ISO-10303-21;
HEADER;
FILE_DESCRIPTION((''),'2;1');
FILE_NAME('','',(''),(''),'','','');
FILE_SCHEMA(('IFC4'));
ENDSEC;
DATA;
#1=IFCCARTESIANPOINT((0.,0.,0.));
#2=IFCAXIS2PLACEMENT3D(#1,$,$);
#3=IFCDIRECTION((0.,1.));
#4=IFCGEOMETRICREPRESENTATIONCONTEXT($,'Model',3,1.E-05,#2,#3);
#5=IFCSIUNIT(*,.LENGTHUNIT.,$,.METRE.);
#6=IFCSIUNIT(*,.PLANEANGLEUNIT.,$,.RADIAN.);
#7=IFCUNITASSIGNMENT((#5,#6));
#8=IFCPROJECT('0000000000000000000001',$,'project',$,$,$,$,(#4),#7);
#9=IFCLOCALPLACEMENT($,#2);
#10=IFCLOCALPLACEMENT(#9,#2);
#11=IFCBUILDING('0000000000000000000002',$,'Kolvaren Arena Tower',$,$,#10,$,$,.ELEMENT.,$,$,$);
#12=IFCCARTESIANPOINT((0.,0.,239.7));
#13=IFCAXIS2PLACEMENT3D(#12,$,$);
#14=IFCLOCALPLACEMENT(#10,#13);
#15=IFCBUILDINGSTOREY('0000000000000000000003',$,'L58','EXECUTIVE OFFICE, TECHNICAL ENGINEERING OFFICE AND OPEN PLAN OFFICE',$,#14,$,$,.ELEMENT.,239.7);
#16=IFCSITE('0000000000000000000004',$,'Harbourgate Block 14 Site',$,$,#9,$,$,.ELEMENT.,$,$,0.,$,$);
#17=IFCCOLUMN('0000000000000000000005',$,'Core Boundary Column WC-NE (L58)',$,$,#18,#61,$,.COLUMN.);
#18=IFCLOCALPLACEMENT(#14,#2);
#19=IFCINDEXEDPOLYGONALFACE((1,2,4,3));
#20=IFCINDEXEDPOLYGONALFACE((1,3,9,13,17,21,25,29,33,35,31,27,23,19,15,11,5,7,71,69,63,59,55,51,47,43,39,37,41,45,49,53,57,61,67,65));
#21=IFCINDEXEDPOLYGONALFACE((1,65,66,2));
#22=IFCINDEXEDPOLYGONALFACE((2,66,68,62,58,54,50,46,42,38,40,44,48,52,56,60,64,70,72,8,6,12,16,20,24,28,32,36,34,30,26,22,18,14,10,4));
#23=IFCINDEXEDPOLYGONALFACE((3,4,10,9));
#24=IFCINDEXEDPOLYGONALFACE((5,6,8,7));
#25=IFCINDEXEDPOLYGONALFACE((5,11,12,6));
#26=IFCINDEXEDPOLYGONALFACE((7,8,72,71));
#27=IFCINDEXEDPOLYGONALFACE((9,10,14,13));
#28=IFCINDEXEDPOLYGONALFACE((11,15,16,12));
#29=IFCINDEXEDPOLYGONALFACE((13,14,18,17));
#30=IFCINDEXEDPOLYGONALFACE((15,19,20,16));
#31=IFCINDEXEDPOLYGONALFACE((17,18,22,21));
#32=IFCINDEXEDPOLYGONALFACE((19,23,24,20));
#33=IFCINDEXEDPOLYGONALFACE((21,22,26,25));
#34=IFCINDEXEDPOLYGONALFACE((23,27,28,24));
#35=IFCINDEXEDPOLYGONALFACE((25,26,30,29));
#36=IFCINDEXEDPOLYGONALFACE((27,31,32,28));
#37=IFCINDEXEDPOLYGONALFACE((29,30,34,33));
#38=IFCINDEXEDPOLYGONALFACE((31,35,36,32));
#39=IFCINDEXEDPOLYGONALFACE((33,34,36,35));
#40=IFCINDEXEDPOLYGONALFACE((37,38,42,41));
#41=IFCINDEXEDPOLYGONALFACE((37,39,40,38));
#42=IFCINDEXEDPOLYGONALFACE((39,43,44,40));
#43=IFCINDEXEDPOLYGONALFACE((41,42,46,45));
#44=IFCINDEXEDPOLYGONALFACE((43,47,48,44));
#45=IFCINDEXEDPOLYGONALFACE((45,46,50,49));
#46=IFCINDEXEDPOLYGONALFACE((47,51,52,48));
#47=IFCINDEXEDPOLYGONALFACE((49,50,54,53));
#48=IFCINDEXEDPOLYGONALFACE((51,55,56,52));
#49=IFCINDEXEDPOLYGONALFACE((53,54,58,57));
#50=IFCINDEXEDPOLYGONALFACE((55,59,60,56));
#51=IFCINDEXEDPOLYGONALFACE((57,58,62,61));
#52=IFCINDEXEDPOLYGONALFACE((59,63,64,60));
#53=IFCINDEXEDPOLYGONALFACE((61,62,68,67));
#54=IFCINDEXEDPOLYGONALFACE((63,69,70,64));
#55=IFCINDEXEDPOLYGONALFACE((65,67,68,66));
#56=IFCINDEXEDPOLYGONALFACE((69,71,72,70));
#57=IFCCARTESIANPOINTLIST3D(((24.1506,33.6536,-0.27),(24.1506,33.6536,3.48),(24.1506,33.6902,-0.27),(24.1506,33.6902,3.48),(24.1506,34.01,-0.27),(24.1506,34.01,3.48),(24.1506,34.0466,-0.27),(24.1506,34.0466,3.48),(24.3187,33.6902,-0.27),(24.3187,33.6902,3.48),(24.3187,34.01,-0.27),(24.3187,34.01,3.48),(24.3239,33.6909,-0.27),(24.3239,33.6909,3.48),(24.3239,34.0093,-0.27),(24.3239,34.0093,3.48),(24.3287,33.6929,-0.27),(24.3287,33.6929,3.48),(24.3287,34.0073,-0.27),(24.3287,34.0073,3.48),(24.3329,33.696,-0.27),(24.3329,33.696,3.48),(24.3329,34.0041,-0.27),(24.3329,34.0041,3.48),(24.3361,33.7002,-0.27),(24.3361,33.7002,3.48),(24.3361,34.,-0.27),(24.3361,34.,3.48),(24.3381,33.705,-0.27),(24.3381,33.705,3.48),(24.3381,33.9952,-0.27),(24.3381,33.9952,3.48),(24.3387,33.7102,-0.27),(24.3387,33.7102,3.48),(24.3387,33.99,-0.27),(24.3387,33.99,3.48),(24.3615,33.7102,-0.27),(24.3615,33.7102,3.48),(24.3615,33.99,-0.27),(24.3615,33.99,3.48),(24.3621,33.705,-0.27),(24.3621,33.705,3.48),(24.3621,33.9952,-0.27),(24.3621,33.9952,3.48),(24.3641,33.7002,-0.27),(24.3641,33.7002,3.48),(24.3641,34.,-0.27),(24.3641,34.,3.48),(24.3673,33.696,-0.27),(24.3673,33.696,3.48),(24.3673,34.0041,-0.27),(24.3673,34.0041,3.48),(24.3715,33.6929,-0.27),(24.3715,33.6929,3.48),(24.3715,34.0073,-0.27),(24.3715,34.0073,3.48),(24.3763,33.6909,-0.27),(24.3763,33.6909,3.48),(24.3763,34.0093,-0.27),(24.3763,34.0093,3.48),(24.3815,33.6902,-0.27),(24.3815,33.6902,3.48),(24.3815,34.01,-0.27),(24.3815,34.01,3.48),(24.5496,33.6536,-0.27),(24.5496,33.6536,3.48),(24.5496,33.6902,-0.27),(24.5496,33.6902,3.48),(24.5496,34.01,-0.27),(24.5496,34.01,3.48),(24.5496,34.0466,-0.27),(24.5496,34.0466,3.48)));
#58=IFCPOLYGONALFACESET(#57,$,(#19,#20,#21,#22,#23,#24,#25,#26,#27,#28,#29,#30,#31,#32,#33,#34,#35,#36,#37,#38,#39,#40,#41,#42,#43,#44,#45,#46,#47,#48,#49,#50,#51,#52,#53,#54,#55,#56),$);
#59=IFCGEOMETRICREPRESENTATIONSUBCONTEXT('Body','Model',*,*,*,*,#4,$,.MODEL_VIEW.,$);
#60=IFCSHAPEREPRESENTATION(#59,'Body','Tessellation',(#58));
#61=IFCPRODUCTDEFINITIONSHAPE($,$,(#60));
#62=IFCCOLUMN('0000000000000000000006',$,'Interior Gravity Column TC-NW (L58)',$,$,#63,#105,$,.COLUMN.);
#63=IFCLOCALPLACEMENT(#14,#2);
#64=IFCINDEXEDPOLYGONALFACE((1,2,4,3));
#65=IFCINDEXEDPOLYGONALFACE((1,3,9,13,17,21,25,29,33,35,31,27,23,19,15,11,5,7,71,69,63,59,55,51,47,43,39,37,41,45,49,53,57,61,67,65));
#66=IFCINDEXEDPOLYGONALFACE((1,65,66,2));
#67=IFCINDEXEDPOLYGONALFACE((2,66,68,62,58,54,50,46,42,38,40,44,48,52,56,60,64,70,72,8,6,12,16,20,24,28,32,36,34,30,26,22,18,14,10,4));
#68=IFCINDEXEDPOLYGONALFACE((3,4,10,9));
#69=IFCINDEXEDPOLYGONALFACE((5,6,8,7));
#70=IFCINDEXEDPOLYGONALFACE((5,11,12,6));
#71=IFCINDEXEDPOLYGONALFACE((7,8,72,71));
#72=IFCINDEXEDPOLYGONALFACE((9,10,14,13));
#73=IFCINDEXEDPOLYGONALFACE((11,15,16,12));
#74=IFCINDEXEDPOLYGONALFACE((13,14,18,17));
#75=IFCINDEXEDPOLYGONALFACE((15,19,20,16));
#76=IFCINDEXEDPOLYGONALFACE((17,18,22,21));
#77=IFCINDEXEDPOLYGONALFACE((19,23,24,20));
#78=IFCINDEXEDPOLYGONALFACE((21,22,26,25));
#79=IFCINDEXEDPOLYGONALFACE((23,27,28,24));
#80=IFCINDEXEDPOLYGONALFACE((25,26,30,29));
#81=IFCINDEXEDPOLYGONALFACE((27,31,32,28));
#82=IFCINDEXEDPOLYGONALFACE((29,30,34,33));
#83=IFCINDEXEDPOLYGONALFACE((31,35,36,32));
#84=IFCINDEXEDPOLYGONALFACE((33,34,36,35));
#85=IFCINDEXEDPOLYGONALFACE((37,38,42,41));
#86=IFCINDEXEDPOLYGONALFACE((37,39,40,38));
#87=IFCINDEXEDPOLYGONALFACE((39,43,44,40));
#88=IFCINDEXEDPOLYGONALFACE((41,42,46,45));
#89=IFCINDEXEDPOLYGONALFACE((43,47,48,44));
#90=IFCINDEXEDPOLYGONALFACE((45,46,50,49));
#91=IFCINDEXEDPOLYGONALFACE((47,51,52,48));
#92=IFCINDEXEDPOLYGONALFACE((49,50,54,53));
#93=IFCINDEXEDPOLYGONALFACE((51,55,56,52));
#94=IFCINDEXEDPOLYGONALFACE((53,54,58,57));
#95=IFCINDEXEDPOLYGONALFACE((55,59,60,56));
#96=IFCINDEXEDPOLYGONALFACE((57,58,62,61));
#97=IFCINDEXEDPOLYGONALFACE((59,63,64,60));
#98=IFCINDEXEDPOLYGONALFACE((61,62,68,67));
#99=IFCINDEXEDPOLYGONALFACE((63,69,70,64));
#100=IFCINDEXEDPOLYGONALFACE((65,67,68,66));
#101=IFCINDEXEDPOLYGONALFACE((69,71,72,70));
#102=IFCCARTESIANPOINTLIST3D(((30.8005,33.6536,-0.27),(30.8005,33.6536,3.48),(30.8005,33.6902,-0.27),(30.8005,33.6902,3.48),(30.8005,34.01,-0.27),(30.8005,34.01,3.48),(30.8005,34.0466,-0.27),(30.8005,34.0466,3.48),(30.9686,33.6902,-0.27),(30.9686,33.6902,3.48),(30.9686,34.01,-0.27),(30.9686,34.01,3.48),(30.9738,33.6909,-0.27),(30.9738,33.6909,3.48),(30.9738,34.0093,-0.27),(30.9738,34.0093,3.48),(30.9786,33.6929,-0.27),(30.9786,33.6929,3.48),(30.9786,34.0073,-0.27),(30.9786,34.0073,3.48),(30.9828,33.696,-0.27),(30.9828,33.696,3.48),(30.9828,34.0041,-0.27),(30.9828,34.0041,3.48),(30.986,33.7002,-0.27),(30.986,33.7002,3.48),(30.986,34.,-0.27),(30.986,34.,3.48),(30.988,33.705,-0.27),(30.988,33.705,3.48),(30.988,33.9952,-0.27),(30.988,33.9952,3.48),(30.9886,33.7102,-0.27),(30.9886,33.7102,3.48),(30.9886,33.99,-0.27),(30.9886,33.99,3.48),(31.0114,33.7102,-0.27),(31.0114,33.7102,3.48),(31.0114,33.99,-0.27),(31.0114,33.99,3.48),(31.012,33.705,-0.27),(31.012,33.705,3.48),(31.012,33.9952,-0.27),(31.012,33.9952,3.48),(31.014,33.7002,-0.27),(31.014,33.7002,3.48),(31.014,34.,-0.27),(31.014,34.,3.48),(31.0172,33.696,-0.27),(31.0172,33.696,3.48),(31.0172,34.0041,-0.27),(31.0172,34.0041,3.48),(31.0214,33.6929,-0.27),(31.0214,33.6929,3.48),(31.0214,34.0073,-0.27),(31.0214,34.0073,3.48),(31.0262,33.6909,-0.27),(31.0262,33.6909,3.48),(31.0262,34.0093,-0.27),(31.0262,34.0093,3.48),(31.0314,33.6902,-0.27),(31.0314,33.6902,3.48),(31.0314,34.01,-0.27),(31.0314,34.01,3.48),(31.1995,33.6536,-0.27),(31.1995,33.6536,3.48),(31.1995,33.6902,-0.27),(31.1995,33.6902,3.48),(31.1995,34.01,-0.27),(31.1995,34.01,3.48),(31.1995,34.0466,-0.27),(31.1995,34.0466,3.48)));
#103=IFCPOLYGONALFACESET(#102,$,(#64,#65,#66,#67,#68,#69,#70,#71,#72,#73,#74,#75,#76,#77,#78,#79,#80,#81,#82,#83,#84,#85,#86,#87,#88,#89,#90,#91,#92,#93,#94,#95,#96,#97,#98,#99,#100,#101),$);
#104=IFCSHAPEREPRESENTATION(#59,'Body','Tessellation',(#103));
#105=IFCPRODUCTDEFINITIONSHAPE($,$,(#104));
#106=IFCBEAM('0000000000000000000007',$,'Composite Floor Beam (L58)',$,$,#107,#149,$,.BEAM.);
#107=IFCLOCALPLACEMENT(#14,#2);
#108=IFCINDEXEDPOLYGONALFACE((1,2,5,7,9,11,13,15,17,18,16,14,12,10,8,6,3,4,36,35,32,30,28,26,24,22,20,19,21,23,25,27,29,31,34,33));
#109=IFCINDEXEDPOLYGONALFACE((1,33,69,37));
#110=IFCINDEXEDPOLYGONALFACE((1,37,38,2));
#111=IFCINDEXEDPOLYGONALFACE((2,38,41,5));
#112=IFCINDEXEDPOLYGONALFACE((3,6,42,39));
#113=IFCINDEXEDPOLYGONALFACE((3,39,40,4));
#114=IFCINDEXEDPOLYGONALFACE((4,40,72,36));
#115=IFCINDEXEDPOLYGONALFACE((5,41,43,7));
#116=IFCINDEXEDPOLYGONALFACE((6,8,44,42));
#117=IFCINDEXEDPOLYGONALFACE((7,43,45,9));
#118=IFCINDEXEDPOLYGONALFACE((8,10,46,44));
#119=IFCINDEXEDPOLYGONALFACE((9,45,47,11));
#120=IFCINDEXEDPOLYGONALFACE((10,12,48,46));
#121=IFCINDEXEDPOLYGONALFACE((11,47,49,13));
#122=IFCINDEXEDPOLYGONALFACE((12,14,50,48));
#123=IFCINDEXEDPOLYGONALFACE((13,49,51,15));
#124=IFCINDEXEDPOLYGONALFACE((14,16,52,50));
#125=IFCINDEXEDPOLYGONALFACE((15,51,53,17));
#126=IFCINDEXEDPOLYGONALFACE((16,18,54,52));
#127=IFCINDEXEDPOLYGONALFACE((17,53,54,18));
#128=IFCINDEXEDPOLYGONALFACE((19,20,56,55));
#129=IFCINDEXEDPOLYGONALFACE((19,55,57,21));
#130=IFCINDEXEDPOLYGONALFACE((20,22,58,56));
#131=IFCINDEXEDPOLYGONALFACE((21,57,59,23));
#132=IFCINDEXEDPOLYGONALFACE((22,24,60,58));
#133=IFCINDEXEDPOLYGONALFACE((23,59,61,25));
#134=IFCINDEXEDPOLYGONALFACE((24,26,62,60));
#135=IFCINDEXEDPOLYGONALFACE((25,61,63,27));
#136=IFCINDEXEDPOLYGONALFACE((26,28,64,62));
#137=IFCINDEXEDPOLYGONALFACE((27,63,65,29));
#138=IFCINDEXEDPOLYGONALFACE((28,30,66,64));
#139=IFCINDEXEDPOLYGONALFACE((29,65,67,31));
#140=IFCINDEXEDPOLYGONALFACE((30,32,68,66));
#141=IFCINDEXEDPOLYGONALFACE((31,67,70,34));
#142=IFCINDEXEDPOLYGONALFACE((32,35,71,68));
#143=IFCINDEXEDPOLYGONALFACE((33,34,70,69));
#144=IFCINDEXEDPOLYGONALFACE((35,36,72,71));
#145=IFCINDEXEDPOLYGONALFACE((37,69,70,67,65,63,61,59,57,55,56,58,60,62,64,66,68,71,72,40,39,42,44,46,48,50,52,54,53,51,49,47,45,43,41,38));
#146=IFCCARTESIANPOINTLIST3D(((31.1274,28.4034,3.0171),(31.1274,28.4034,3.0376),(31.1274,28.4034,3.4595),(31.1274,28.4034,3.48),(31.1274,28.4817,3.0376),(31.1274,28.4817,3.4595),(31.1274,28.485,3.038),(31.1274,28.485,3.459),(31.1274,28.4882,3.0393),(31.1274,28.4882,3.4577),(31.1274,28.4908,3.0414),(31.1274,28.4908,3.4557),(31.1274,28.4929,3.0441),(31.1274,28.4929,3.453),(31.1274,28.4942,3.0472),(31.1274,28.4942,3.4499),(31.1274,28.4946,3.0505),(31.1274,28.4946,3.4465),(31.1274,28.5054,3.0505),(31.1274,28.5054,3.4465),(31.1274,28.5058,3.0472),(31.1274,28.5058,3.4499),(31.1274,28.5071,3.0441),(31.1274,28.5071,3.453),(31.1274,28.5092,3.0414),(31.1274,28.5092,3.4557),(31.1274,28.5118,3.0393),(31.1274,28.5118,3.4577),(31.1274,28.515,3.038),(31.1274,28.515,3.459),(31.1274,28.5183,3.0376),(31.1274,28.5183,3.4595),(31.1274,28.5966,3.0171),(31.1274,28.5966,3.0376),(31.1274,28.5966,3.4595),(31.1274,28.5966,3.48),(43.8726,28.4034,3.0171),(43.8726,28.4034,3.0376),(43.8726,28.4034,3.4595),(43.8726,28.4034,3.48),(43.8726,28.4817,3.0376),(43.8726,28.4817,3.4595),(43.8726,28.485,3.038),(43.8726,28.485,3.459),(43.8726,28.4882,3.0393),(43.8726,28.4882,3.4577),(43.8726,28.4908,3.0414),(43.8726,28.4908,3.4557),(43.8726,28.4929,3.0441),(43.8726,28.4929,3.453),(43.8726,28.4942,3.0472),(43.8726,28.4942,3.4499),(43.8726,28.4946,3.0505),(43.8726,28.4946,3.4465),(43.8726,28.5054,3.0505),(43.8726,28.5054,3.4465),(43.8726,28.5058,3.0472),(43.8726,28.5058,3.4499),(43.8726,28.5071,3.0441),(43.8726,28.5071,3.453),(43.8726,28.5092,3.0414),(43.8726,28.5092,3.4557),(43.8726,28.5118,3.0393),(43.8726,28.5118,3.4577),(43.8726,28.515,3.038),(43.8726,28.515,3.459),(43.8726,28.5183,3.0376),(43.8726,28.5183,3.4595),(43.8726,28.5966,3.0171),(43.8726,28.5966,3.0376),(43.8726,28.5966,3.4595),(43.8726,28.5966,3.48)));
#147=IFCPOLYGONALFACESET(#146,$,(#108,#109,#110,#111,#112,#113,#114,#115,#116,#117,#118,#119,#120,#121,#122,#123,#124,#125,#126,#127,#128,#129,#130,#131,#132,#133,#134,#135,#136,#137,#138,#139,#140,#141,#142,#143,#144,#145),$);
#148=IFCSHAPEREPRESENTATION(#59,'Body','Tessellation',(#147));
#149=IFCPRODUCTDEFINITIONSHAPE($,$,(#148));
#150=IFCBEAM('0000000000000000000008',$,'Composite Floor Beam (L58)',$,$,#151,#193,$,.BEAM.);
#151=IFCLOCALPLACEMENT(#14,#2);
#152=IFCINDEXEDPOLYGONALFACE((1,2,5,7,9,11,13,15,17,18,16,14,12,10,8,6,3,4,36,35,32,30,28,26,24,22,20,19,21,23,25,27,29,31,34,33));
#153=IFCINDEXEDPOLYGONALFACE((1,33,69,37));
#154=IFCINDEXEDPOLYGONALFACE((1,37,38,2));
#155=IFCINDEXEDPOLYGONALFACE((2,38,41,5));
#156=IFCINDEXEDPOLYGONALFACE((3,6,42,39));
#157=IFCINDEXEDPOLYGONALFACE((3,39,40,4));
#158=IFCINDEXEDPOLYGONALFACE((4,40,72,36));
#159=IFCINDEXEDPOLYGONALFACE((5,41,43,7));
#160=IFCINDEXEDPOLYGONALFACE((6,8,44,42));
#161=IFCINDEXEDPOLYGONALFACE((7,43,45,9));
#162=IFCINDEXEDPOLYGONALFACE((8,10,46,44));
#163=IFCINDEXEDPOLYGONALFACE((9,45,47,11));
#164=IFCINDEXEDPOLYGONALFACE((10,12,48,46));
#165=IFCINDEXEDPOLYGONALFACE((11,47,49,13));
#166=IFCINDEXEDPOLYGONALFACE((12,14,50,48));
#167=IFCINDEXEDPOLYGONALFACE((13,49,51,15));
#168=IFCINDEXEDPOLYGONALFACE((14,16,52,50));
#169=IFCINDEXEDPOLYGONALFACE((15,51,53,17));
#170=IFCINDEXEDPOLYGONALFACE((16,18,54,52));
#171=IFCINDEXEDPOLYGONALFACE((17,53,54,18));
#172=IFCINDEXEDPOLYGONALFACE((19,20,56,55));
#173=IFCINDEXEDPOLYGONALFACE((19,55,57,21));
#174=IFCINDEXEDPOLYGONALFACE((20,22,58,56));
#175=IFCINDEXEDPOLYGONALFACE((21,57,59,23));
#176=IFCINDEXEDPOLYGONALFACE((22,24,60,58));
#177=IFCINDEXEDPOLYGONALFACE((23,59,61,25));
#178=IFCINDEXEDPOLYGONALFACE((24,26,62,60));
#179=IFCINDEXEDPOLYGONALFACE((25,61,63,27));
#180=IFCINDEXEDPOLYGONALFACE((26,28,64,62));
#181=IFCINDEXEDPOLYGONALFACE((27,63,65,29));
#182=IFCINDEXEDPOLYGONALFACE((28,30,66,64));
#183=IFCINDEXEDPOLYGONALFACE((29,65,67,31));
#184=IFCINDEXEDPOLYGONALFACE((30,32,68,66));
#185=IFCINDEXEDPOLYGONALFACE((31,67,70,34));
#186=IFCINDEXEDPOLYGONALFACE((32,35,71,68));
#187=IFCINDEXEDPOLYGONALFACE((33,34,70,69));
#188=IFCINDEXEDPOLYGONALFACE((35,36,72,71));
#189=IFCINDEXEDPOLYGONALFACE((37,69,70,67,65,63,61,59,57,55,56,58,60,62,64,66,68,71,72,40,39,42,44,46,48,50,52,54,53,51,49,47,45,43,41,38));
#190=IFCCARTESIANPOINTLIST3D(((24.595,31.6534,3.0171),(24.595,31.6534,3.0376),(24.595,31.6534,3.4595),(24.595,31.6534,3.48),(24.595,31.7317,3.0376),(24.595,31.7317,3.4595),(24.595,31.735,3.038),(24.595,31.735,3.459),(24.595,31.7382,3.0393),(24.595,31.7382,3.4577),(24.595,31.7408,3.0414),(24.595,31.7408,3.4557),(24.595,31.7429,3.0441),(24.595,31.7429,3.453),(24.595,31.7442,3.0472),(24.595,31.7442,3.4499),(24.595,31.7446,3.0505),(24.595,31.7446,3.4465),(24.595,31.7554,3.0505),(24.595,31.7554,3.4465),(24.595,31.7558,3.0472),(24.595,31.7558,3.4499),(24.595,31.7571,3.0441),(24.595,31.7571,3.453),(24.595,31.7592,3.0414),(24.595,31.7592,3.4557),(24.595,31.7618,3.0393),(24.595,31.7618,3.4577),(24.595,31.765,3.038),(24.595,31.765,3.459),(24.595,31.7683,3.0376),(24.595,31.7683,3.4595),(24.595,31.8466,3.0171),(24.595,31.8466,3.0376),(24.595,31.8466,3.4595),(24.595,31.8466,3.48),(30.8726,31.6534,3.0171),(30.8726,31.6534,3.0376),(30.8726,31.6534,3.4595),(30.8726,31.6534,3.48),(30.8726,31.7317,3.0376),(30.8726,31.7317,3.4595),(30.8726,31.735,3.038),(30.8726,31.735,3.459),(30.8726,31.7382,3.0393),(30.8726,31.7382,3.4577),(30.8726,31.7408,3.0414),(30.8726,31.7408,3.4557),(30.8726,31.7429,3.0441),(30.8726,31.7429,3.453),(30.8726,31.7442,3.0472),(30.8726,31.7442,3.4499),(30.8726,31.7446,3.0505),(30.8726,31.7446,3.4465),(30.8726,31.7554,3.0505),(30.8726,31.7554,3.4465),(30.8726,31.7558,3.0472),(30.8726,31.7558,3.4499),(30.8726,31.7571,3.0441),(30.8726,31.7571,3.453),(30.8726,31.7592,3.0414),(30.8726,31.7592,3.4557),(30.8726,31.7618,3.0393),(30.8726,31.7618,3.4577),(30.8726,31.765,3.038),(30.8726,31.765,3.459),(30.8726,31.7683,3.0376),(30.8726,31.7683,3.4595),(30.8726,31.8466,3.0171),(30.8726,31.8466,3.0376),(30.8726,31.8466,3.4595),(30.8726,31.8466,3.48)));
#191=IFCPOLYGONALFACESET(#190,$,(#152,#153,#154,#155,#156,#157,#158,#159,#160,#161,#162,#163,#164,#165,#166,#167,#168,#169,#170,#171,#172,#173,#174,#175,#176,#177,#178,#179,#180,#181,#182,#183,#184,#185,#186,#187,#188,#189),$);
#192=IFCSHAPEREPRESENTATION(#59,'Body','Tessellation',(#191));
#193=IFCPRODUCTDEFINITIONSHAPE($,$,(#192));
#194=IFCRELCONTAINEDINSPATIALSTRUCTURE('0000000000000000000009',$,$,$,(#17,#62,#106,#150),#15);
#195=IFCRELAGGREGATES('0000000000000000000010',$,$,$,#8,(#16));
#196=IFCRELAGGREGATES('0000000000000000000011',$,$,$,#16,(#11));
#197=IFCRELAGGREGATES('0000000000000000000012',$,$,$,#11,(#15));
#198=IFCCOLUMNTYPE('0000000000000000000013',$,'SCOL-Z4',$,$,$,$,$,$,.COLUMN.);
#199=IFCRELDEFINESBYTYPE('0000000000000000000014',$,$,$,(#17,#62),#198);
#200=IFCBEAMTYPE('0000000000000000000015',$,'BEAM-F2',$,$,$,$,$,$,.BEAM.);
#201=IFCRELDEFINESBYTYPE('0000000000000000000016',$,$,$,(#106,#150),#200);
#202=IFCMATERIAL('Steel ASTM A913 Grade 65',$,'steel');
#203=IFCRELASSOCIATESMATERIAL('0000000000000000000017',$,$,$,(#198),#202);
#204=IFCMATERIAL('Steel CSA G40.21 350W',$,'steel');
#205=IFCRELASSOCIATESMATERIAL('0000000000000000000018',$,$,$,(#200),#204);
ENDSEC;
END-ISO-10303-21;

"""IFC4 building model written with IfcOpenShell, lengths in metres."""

from ifc_helpers import new_model, si_unit, direction, frame, origin, origin_2d, place, context, subcontext, project, spatial, i_section, extrude, material, material_profile, profile_set, type_object, element, save


model = new_model("IFC4")

# Units and contexts
model_context = context("Model", 3, precision=1e-05, world=origin(), true_north=direction((0.0, 1.0)))
body_context = subcontext(model_context, "Body", "Model", "MODEL_VIEW")
ifc_project = project(units=[si_unit("LENGTHUNIT", "METRE"), si_unit("PLANEANGLEUNIT", "RADIAN")], contexts=[model_context])

# Site, building, storey
site_placement = place(None, origin())
site = spatial("IfcSite", under=ifc_project, at=site_placement, Name="Harbourgate Block 14 Site", CompositionType="ELEMENT", RefElevation=0.0)
building_placement = place(site_placement, origin())
building = spatial("IfcBuilding", under=site, at=building_placement, Name="Kolvaren Arena Tower", CompositionType="ELEMENT")
storey_placement = place(building_placement, frame((0.0, 0.0, 239.7)))
storey = spatial("IfcBuildingStorey", under=building, at=storey_placement, Name="L58", Description="EXECUTIVE OFFICE, TECHNICAL ENGINEERING OFFICE AND OPEN PLAN OFFICE", CompositionType="ELEMENT", Elevation=239.7)

# Columns
ifc_material_1 = material(Name="Steel ASTM A913 Grade 65", Category="steel")
ifc_material_profile_1 = material_profile(ifc_material_1, i_section(OverallWidth=0.3989, OverallDepth=0.3931, WebThickness=0.0227, FlangeThickness=0.0366, FilletRadius=0.02, at=origin_2d()), Name="W360x287")
ifc_profile_set_1 = profile_set([ifc_material_profile_1], Name="Steel ASTM A913 Grade 65")
column_type = type_object("IfcColumnType", Name="SCOL-Z4", PredefinedType="COLUMN", material=ifc_profile_set_1)
for number, where, z_axis, x_axis, name in (
    (1, (24.3501, 33.8501, -0.27), (0.0, 0.0, 1.0), (1.0, 0.0, 0.0), "Core Boundary Column WC-NE (L58)"),
    (2, (31.0, 33.8501, -0.27), (0.0, 0.0, 1.0), (1.0, 0.0, 0.0), "Interior Gravity Column TC-NW (L58)"),
):
    element("IfcColumn", number, at=place(storey_placement, frame(where, z_axis=z_axis, x_axis=x_axis)), inside=storey, type_object=column_type, Name=name, PredefinedType="COLUMN", context=body_context, shape_type="SweptSolid", body=[
        extrude(i_section(OverallWidth=0.3989, OverallDepth=0.3931, WebThickness=0.0227, FlangeThickness=0.0366, FilletRadius=0.02, at=origin_2d()), origin(), (0.0, 0.0, 1.0), 3.75),
    ])

# Beams
ifc_material_2 = material(Name="Steel CSA G40.21 350W", Category="steel")
ifc_material_profile_2 = material_profile(ifc_material_2, i_section(OverallWidth=0.1931, OverallDepth=0.4629, WebThickness=0.0107, FlangeThickness=0.0205, FilletRadius=0.0129, at=origin_2d()), Name="W460x113")
ifc_profile_set_2 = profile_set([ifc_material_profile_2], Name="Steel CSA G40.21 350W")
beam_type_1 = type_object("IfcBeamType", Name="BEAM-F2", PredefinedType="BEAM", material=ifc_profile_set_2)
beam_1_placement = place(storey_placement, frame((31.1274, 28.5, 3.2485), z_axis=(1.0, 0.0, 0.0), x_axis=(0.0, 1.0, 0.0)))
element("IfcBeam", 3, at=beam_1_placement, inside=storey, type_object=beam_type_1, Name="Composite Floor Beam (L58)", PredefinedType="BEAM", context=body_context, shape_type="SweptSolid", body=[
    extrude(i_section(OverallWidth=0.1931, OverallDepth=0.4629, WebThickness=0.0107, FlangeThickness=0.0205, FilletRadius=0.0129, at=origin_2d()), origin(), (0.0, 0.0, 1.0), 12.7451),
])
beam_2_placement = place(storey_placement, frame((24.595, 31.75, 3.2485), z_axis=(1.0, 0.0, 0.0), x_axis=(0.0, 1.0, 0.0)))
element("IfcBeam", 4, at=beam_2_placement, inside=storey, type_object=beam_type_1, Name="Composite Floor Beam (L58)", PredefinedType="BEAM", context=body_context, shape_type="SweptSolid", body=[
    extrude(i_section(OverallWidth=0.1931, OverallDepth=0.4629, WebThickness=0.0107, FlangeThickness=0.0205, FilletRadius=0.0129, at=origin_2d()), origin(), (0.0, 0.0, 1.0), 6.2776),
])

save(model, "model.ifc")
